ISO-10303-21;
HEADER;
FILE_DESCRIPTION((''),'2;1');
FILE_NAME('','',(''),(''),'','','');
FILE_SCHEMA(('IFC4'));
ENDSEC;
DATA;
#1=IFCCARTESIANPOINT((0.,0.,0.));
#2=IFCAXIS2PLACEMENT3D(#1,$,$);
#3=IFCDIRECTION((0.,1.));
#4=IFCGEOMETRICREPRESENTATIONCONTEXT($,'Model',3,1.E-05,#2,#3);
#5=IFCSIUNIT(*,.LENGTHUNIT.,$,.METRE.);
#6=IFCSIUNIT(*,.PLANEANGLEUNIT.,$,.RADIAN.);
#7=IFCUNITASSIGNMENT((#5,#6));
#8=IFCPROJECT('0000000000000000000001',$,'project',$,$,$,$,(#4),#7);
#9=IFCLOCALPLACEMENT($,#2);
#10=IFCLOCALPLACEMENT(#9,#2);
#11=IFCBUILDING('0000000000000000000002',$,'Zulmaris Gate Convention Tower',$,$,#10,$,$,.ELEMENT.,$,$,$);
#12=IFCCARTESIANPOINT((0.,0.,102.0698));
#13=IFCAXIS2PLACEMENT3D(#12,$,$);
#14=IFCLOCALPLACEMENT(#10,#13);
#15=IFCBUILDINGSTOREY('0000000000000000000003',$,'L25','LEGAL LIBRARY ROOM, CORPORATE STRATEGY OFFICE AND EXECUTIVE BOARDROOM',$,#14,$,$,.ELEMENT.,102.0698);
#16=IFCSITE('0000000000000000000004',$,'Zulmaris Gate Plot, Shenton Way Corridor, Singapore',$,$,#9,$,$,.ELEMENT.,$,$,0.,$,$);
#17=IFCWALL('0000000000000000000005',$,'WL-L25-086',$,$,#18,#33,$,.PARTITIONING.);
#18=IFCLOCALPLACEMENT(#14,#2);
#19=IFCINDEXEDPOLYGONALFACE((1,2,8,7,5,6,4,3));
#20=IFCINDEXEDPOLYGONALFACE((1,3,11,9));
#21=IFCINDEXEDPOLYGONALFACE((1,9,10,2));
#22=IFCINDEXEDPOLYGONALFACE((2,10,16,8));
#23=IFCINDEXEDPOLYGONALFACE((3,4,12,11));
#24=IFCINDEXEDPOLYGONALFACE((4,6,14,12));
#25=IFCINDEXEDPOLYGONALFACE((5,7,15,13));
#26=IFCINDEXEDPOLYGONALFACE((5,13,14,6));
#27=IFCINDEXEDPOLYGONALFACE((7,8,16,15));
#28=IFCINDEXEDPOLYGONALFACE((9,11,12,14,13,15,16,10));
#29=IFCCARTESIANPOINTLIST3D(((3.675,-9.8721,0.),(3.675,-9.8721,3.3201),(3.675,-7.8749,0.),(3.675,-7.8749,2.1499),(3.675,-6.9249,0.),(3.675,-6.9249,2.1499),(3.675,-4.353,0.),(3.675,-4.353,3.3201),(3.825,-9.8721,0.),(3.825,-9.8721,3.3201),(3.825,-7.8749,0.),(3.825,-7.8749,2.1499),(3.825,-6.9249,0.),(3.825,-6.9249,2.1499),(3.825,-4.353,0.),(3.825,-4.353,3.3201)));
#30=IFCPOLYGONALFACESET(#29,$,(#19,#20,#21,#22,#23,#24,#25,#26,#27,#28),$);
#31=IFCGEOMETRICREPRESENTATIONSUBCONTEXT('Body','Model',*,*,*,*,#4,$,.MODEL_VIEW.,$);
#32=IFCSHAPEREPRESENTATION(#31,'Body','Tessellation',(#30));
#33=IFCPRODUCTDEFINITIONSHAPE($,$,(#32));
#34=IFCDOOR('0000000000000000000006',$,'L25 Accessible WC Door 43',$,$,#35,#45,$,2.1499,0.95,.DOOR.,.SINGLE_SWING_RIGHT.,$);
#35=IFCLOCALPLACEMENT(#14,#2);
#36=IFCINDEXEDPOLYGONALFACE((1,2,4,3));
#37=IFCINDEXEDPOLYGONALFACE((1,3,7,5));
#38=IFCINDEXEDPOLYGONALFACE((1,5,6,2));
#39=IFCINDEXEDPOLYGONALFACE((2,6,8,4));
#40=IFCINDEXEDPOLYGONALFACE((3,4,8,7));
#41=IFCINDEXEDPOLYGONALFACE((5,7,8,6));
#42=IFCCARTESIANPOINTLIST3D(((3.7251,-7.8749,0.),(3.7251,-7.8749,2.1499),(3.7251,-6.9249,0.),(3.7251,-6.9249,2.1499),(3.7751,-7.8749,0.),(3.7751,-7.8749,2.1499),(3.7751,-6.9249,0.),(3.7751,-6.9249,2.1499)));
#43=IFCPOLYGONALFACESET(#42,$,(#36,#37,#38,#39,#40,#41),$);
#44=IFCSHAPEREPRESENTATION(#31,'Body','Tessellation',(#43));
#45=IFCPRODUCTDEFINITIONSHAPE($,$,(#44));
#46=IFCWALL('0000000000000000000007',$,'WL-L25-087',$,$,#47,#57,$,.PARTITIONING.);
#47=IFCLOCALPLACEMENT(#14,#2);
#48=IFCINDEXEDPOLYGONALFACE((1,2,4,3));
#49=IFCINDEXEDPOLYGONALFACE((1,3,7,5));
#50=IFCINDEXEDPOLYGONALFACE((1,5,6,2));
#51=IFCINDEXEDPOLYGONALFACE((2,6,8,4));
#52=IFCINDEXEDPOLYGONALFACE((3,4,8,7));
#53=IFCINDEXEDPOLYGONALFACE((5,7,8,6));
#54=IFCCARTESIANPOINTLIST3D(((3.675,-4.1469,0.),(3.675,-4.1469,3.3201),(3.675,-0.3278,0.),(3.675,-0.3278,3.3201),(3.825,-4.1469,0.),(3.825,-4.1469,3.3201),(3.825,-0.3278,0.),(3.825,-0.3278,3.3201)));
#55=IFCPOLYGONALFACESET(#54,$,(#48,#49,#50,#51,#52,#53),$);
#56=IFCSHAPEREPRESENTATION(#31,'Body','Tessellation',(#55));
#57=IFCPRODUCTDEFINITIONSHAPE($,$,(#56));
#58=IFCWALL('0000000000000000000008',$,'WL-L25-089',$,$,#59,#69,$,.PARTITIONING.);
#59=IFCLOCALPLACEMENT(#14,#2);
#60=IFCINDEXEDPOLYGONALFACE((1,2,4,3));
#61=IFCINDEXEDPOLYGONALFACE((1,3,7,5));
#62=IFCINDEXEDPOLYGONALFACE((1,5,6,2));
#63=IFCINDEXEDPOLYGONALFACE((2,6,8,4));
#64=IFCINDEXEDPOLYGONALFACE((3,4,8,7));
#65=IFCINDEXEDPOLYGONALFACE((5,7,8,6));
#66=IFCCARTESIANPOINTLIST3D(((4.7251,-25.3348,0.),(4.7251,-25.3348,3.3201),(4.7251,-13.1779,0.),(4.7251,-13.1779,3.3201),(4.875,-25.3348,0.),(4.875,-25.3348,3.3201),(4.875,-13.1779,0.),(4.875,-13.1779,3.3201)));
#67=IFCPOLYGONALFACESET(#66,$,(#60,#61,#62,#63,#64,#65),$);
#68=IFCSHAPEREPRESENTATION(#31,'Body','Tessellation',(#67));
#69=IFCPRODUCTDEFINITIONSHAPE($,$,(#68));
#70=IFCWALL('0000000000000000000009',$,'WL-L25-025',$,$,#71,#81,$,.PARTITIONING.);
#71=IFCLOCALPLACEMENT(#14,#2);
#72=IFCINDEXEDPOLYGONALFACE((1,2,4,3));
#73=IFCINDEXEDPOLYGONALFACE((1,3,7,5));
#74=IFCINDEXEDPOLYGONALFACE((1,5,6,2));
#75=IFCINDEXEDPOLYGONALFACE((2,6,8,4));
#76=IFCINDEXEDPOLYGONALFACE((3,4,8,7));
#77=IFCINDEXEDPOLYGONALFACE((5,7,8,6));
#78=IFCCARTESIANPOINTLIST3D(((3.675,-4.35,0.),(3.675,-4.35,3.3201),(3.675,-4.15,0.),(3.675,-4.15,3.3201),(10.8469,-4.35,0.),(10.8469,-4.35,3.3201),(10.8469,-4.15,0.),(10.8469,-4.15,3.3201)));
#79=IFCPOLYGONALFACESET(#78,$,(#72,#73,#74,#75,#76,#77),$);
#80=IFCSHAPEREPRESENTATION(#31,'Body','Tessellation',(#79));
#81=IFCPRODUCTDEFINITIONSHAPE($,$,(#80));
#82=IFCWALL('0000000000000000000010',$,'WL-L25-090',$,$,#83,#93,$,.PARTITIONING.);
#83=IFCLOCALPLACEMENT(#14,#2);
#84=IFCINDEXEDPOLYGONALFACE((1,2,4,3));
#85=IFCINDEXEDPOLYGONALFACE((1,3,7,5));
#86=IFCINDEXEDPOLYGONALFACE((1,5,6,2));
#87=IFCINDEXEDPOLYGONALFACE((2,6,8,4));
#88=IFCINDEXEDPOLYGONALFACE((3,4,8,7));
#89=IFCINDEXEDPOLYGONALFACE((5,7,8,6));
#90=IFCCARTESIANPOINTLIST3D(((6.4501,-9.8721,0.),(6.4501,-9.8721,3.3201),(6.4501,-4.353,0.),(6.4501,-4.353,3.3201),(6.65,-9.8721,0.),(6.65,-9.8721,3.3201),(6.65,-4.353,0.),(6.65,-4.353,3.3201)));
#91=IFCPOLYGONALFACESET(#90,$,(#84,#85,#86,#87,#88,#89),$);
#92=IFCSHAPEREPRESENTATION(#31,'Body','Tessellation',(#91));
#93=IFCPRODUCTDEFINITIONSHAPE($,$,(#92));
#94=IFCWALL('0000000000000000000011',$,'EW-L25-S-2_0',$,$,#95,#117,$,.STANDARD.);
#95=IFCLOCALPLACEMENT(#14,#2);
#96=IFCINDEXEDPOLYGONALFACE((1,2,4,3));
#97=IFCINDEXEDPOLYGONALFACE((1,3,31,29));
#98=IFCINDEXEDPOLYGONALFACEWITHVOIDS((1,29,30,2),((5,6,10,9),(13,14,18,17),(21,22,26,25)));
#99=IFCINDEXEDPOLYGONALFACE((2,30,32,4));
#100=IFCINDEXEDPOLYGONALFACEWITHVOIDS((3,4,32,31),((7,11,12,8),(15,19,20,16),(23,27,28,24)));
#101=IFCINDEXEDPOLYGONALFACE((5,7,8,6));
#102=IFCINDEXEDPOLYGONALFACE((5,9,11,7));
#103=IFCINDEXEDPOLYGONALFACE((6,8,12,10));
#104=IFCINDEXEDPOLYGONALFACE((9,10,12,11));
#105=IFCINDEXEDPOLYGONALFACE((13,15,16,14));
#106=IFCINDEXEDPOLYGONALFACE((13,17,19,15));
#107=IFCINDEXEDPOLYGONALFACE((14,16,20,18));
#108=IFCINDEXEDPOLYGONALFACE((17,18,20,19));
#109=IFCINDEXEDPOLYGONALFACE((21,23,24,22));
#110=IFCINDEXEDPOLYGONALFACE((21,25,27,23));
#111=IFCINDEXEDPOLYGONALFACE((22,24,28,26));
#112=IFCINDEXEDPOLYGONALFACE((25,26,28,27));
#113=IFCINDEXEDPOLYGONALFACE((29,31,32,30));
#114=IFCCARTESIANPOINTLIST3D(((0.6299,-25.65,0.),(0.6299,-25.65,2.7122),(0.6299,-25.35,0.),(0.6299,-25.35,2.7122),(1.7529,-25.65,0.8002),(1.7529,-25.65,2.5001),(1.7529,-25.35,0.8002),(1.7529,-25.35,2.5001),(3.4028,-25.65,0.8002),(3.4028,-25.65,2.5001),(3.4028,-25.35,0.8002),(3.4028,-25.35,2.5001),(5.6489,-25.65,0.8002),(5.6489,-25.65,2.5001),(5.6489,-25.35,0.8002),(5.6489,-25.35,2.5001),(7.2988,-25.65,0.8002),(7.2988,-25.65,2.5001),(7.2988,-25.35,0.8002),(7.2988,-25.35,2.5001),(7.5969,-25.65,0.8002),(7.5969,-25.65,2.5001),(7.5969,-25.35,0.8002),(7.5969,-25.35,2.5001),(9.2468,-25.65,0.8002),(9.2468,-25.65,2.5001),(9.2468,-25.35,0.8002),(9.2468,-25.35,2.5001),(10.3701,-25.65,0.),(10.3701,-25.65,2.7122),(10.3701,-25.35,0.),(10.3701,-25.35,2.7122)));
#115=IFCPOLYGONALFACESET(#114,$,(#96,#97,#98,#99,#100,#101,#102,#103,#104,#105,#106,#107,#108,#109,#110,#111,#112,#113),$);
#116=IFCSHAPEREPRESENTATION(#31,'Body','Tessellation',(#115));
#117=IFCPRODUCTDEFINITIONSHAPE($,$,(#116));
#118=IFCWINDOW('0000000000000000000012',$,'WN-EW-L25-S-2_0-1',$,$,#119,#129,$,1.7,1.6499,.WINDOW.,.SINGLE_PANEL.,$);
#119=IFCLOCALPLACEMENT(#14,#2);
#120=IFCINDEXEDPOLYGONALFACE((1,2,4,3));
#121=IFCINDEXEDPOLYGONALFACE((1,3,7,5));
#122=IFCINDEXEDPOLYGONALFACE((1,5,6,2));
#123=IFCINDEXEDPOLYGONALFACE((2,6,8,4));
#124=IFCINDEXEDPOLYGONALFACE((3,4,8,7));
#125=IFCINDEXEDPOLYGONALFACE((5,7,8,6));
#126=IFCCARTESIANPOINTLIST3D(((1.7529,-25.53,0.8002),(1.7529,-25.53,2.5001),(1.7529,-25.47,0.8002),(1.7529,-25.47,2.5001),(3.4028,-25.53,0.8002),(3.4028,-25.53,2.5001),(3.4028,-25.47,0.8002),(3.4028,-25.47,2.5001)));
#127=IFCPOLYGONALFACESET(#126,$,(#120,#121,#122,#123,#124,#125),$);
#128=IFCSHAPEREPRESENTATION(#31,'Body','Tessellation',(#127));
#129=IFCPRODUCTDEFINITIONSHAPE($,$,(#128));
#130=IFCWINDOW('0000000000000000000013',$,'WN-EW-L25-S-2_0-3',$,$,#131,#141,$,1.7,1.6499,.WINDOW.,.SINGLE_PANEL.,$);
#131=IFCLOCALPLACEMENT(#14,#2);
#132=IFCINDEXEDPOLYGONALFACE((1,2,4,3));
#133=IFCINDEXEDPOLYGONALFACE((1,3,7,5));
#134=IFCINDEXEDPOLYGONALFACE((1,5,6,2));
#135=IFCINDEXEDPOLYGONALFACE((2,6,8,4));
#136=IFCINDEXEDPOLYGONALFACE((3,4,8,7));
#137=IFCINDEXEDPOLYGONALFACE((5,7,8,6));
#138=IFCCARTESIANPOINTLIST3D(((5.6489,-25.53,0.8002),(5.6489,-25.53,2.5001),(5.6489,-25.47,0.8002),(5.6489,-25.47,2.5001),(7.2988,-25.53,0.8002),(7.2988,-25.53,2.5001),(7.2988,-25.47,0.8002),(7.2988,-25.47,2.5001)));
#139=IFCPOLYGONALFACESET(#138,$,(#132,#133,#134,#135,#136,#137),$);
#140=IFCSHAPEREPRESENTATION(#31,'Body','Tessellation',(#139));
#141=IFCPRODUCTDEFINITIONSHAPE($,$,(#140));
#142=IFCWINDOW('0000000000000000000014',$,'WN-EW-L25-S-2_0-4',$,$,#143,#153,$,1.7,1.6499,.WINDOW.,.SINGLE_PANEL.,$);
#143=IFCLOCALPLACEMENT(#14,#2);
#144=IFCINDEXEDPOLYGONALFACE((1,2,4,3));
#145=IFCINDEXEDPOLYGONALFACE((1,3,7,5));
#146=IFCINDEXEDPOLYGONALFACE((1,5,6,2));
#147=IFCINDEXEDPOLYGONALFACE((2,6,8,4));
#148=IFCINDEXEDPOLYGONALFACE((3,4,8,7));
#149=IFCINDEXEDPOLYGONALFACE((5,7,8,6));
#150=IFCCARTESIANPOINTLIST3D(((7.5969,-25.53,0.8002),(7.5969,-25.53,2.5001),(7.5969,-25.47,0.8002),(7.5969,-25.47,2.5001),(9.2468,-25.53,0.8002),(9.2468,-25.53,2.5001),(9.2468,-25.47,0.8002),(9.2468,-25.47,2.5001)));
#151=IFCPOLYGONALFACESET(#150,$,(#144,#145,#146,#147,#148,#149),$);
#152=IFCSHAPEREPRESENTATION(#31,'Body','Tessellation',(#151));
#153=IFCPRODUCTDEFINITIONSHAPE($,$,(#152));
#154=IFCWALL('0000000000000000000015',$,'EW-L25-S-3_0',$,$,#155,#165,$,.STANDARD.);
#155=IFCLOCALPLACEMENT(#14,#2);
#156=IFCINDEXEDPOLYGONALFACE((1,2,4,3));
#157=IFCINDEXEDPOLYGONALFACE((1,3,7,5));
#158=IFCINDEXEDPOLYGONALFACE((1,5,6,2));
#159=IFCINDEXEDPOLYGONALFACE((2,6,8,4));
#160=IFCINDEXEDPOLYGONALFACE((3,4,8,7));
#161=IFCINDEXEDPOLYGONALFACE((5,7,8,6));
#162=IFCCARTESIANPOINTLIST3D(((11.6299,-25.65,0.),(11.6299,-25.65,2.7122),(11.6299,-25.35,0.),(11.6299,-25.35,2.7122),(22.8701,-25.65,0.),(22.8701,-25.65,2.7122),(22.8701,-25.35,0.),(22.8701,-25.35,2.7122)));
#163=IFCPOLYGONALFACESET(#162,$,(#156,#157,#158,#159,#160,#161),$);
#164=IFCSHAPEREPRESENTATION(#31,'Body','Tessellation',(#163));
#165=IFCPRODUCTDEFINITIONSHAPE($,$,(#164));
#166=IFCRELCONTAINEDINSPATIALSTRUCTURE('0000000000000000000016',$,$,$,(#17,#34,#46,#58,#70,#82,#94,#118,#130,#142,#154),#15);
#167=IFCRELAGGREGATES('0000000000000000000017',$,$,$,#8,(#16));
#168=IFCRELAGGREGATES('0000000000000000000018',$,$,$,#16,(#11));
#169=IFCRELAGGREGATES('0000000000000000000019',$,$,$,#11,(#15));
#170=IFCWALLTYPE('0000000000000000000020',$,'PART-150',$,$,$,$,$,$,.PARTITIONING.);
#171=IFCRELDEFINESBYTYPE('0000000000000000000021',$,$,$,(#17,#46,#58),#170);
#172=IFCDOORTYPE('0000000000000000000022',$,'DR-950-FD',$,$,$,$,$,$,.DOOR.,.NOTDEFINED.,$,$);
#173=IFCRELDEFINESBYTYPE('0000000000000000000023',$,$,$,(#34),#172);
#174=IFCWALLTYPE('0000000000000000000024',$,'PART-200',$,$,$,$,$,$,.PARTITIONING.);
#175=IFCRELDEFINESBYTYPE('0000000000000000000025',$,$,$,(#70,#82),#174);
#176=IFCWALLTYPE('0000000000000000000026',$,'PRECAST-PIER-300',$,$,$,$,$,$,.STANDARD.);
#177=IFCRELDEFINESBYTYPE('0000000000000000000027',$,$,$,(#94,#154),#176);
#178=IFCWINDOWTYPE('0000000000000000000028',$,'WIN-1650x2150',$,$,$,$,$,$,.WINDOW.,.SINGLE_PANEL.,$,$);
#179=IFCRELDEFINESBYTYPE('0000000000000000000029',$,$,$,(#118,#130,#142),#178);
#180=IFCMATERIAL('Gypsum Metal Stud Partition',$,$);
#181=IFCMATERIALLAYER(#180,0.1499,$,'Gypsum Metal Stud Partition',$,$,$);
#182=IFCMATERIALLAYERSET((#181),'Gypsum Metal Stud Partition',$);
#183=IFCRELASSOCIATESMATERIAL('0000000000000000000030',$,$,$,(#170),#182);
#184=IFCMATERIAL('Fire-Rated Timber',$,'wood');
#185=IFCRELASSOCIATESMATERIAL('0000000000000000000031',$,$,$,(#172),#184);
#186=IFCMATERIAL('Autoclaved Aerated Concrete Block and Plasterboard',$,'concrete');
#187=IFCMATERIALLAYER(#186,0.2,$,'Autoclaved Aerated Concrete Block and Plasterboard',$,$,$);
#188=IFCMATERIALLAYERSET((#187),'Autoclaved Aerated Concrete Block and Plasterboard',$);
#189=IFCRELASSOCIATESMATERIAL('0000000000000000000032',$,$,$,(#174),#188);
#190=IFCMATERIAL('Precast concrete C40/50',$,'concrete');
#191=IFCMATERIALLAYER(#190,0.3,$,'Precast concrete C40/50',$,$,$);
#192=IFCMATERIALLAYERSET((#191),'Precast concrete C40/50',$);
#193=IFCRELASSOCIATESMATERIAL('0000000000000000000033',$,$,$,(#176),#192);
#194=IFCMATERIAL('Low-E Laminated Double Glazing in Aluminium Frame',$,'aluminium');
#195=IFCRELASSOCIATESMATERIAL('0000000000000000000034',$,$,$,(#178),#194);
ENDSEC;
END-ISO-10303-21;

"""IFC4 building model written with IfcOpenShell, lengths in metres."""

from ifc_helpers import new_model, si_unit, direction, frame, frame_2d, origin, place, context, subcontext, project, spatial, rectangle, extrude, material, layer, layer_set, type_object, element, fill, save


model = new_model("IFC4")

# Units and contexts
model_context = context("Model", 3, precision=1e-05, world=origin(), true_north=direction((0.0, 1.0)))
body_context = subcontext(model_context, "Body", "Model", "MODEL_VIEW")
ifc_project = project(units=[si_unit("LENGTHUNIT", "METRE"), si_unit("PLANEANGLEUNIT", "RADIAN")], contexts=[model_context])

# Site, building, storey
site_placement = place(None, origin())
site = spatial("IfcSite", under=ifc_project, at=site_placement, Name="Zulmaris Gate Plot, Shenton Way Corridor, Singapore", CompositionType="ELEMENT", RefElevation=0.0)
building_placement = place(site_placement, origin())
building = spatial("IfcBuilding", under=site, at=building_placement, Name="Zulmaris Gate Convention Tower", CompositionType="ELEMENT")
storey_placement = place(building_placement, frame((0.0, 0.0, 102.0698)))
storey = spatial("IfcBuildingStorey", under=building, at=storey_placement, Name="L25", Description="LEGAL LIBRARY ROOM, CORPORATE STRATEGY OFFICE AND EXECUTIVE BOARDROOM", CompositionType="ELEMENT", Elevation=102.0698)

# Shared definitions
ifc_material_1 = material(Name="Gypsum Metal Stud Partition")
ifc_layer_1 = layer(ifc_material_1, 0.1499, Name="Gypsum Metal Stud Partition")
ifc_layer_set_1 = layer_set([ifc_layer_1], Name="Gypsum Metal Stud Partition")
wall_type_1 = type_object("IfcWallType", Name="PART-150", PredefinedType="PARTITIONING", material=ifc_layer_set_1)

# Wall, opening, door
wall_1_placement = place(storey_placement, frame((3.75, -9.8721, 0.0), z_axis=(0.0, 0.0, 1.0), x_axis=(0.0, 1.0, 0.0)))
wall_1 = element("IfcWall", 1, at=wall_1_placement, inside=storey, type_object=wall_type_1, Name="WL-L25-086", PredefinedType="PARTITIONING", context=body_context, shape_type="SweptSolid", body=[
    extrude(rectangle(XDim=5.519, YDim=0.1499, at=frame_2d((2.7595, 0.0))), origin(), (0.0, 0.0, 1.0), 3.3201),
])
opening_1_placement = place(wall_1_placement, frame((1.9971, 0.0, 0.0)))
opening_1 = element("IfcOpeningElement", 2, at=opening_1_placement, cuts=wall_1, PredefinedType="OPENING", context=body_context, shape_type="SweptSolid", body=[
    extrude(rectangle(XDim=0.95, YDim=2.1499, at=frame_2d((0.4751, 1.075))), frame((0.0, 0.085, 0.0), z_axis=(0.0, -1.0, 0.0), x_axis=(1.0, 0.0, 0.0)), (0.0, 0.0, 1.0), 0.1699),
])
ifc_material_2 = material(Name="Fire-Rated Timber", Category="wood")
door_type = type_object("IfcDoorType", Name="DR-950-FD", OperationType="NOTDEFINED", PredefinedType="DOOR", material=ifc_material_2)
door_placement = place(opening_1_placement, origin())
door = element("IfcDoor", 3, at=door_placement, inside=storey, type_object=door_type, Name="L25 Accessible WC Door 43", OperationType="SINGLE_SWING_RIGHT", OverallHeight=2.1499, OverallWidth=0.95, PredefinedType="DOOR", context=body_context, shape_type="SweptSolid", body=[
    extrude(rectangle(XDim=0.95, YDim=2.1499, at=frame_2d((0.4751, 1.075))), frame((0.0, 0.0249, 0.0), z_axis=(0.0, -1.0, 0.0), x_axis=(1.0, 0.0, 0.0)), (0.0, 0.0, 1.0), 0.05),
])
fill(opening_1, door)

# Walls
wall_2_placement = place(storey_placement, frame((3.75, -4.147, 0.0), z_axis=(0.0, 0.0, 1.0), x_axis=(0.0, 1.0, 0.0)))
element("IfcWall", 4, at=wall_2_placement, inside=storey, type_object=wall_type_1, Name="WL-L25-087", PredefinedType="PARTITIONING", context=body_context, shape_type="SweptSolid", body=[
    extrude(rectangle(XDim=3.8191, YDim=0.1499, at=frame_2d((1.9097, 0.0))), origin(), (0.0, 0.0, 1.0), 3.3201),
])
wall_3_placement = place(storey_placement, frame((4.8, -25.335, 0.0), z_axis=(0.0, 0.0, 1.0), x_axis=(0.0, 1.0, 0.0)))
element("IfcWall", 5, at=wall_3_placement, inside=storey, type_object=wall_type_1, Name="WL-L25-089", PredefinedType="PARTITIONING", context=body_context, shape_type="SweptSolid", body=[
    extrude(rectangle(XDim=12.157, YDim=0.1499, at=frame_2d((6.0786, 0.0))), origin(), (0.0, 0.0, 1.0), 3.3201),
])
ifc_material_3 = material(Name="Autoclaved Aerated Concrete Block and Plasterboard", Category="concrete")
ifc_layer_2 = layer(ifc_material_3, 0.2, Name="Autoclaved Aerated Concrete Block and Plasterboard")
ifc_layer_set_2 = layer_set([ifc_layer_2], Name="Autoclaved Aerated Concrete Block and Plasterboard")
wall_type_2 = type_object("IfcWallType", Name="PART-200", PredefinedType="PARTITIONING", material=ifc_layer_set_2)
wall_4_placement = place(storey_placement, frame((3.675, -4.25, 0.0), z_axis=(0.0, 0.0, 1.0), x_axis=(1.0, 0.0, 0.0)))
element("IfcWall", 6, at=wall_4_placement, inside=storey, type_object=wall_type_2, Name="WL-L25-025", PredefinedType="PARTITIONING", context=body_context, shape_type="SweptSolid", body=[
    extrude(rectangle(XDim=7.1719, YDim=0.2, at=frame_2d((3.5859, 0.0))), origin(), (0.0, 0.0, 1.0), 3.3201),
])
wall_5_placement = place(storey_placement, frame((6.55, -9.8721, 0.0), z_axis=(0.0, 0.0, 1.0), x_axis=(0.0, 1.0, 0.0)))
element("IfcWall", 7, at=wall_5_placement, inside=storey, type_object=wall_type_2, Name="WL-L25-090", PredefinedType="PARTITIONING", context=body_context, shape_type="SweptSolid", body=[
    extrude(rectangle(XDim=5.519, YDim=0.2, at=frame_2d((2.7595, 0.0))), origin(), (0.0, 0.0, 1.0), 3.3201),
])

# Wall, openings, windows
ifc_material_4 = material(Name="Precast concrete C40/50", Category="concrete")
ifc_layer_3 = layer(ifc_material_4, 0.3, Name="Precast concrete C40/50")
ifc_layer_set_3 = layer_set([ifc_layer_3], Name="Precast concrete C40/50")
wall_type_3 = type_object("IfcWallType", Name="PRECAST-PIER-300", PredefinedType="STANDARD", material=ifc_layer_set_3)
wall_6_placement = place(storey_placement, frame((0.6299, -25.5, 0.0), z_axis=(0.0, 0.0, 1.0), x_axis=(1.0, 0.0, 0.0)))
wall_6 = element("IfcWall", 8, at=wall_6_placement, inside=storey, type_object=wall_type_3, Name="EW-L25-S-2_0", PredefinedType="STANDARD", context=body_context, shape_type="SweptSolid", body=[
    extrude(rectangle(XDim=9.7402, YDim=0.3, at=frame_2d((4.8701, 0.0))), origin(), (0.0, 0.0, 1.0), 2.7122),
])
opening_2_placement = place(wall_6_placement, frame((1.123, 0.0, 0.8)))
opening_2 = element("IfcOpeningElement", 9, at=opening_2_placement, cuts=wall_6, PredefinedType="OPENING", context=body_context, shape_type="SweptSolid", body=[
    extrude(rectangle(XDim=1.6499, YDim=1.7, at=frame_2d((0.825, 0.8501))), frame((0.0, 0.1602, 0.0), z_axis=(0.0, -1.0, 0.0), x_axis=(1.0, 0.0, 0.0)), (0.0, 0.0, 1.0), 0.3201),
])
opening_3_placement = place(wall_6_placement, frame((5.019, 0.0, 0.8)))
opening_3 = element("IfcOpeningElement", 10, at=opening_3_placement, cuts=wall_6, PredefinedType="OPENING", context=body_context, shape_type="SweptSolid", body=[
    extrude(rectangle(XDim=1.6499, YDim=1.7, at=frame_2d((0.825, 0.8501))), frame((0.0, 0.1602, 0.0), z_axis=(0.0, -1.0, 0.0), x_axis=(1.0, 0.0, 0.0)), (0.0, 0.0, 1.0), 0.3201),
])
opening_4_placement = place(wall_6_placement, frame((6.967, 0.0, 0.8)))
opening_4 = element("IfcOpeningElement", 11, at=opening_4_placement, cuts=wall_6, PredefinedType="OPENING", context=body_context, shape_type="SweptSolid", body=[
    extrude(rectangle(XDim=1.6499, YDim=1.7, at=frame_2d((0.825, 0.8501))), frame((0.0, 0.1602, 0.0), z_axis=(0.0, -1.0, 0.0), x_axis=(1.0, 0.0, 0.0)), (0.0, 0.0, 1.0), 0.3201),
])
ifc_material_5 = material(Name="Low-E Laminated Double Glazing in Aluminium Frame", Category="aluminium")
window_type = type_object("IfcWindowType", Name="WIN-1650x2150", PartitioningType="SINGLE_PANEL", PredefinedType="WINDOW", material=ifc_material_5)
window_1_placement = place(opening_2_placement, origin())
window_1 = element("IfcWindow", 12, at=window_1_placement, inside=storey, type_object=window_type, Name="WN-EW-L25-S-2_0-1", OverallHeight=1.7, OverallWidth=1.6499, PartitioningType="SINGLE_PANEL", PredefinedType="WINDOW", context=body_context, shape_type="SweptSolid", body=[
    extrude(rectangle(XDim=1.6499, YDim=1.7, at=frame_2d((0.825, 0.8501))), frame((0.0, 0.03, 0.0), z_axis=(0.0, -1.0, 0.0), x_axis=(1.0, 0.0, 0.0)), (0.0, 0.0, 1.0), 0.0601),
])
fill(opening_2, window_1)
window_2_placement = place(opening_3_placement, origin())
window_2 = element("IfcWindow", 13, at=window_2_placement, inside=storey, type_object=window_type, Name="WN-EW-L25-S-2_0-3", OverallHeight=1.7, OverallWidth=1.6499, PartitioningType="SINGLE_PANEL", PredefinedType="WINDOW", context=body_context, shape_type="SweptSolid", body=[
    extrude(rectangle(XDim=1.6499, YDim=1.7, at=frame_2d((0.825, 0.8501))), frame((0.0, 0.03, 0.0), z_axis=(0.0, -1.0, 0.0), x_axis=(1.0, 0.0, 0.0)), (0.0, 0.0, 1.0), 0.0601),
])
fill(opening_3, window_2)
window_3_placement = place(opening_4_placement, origin())
window_3 = element("IfcWindow", 14, at=window_3_placement, inside=storey, type_object=window_type, Name="WN-EW-L25-S-2_0-4", OverallHeight=1.7, OverallWidth=1.6499, PartitioningType="SINGLE_PANEL", PredefinedType="WINDOW", context=body_context, shape_type="SweptSolid", body=[
    extrude(rectangle(XDim=1.6499, YDim=1.7, at=frame_2d((0.825, 0.8501))), frame((0.0, 0.03, 0.0), z_axis=(0.0, -1.0, 0.0), x_axis=(1.0, 0.0, 0.0)), (0.0, 0.0, 1.0), 0.0601),
])
fill(opening_4, window_3)

# Wall
wall_7_placement = place(storey_placement, frame((11.6299, -25.5, 0.0), z_axis=(0.0, 0.0, 1.0), x_axis=(1.0, 0.0, 0.0)))
element("IfcWall", 15, at=wall_7_placement, inside=storey, type_object=wall_type_3, Name="EW-L25-S-3_0", PredefinedType="STANDARD", context=body_context, shape_type="SweptSolid", body=[
    extrude(rectangle(XDim=11.2402, YDim=0.3, at=frame_2d((5.6201, 0.0))), origin(), (0.0, 0.0, 1.0), 2.7122),
])

save(model, "model.ifc")
